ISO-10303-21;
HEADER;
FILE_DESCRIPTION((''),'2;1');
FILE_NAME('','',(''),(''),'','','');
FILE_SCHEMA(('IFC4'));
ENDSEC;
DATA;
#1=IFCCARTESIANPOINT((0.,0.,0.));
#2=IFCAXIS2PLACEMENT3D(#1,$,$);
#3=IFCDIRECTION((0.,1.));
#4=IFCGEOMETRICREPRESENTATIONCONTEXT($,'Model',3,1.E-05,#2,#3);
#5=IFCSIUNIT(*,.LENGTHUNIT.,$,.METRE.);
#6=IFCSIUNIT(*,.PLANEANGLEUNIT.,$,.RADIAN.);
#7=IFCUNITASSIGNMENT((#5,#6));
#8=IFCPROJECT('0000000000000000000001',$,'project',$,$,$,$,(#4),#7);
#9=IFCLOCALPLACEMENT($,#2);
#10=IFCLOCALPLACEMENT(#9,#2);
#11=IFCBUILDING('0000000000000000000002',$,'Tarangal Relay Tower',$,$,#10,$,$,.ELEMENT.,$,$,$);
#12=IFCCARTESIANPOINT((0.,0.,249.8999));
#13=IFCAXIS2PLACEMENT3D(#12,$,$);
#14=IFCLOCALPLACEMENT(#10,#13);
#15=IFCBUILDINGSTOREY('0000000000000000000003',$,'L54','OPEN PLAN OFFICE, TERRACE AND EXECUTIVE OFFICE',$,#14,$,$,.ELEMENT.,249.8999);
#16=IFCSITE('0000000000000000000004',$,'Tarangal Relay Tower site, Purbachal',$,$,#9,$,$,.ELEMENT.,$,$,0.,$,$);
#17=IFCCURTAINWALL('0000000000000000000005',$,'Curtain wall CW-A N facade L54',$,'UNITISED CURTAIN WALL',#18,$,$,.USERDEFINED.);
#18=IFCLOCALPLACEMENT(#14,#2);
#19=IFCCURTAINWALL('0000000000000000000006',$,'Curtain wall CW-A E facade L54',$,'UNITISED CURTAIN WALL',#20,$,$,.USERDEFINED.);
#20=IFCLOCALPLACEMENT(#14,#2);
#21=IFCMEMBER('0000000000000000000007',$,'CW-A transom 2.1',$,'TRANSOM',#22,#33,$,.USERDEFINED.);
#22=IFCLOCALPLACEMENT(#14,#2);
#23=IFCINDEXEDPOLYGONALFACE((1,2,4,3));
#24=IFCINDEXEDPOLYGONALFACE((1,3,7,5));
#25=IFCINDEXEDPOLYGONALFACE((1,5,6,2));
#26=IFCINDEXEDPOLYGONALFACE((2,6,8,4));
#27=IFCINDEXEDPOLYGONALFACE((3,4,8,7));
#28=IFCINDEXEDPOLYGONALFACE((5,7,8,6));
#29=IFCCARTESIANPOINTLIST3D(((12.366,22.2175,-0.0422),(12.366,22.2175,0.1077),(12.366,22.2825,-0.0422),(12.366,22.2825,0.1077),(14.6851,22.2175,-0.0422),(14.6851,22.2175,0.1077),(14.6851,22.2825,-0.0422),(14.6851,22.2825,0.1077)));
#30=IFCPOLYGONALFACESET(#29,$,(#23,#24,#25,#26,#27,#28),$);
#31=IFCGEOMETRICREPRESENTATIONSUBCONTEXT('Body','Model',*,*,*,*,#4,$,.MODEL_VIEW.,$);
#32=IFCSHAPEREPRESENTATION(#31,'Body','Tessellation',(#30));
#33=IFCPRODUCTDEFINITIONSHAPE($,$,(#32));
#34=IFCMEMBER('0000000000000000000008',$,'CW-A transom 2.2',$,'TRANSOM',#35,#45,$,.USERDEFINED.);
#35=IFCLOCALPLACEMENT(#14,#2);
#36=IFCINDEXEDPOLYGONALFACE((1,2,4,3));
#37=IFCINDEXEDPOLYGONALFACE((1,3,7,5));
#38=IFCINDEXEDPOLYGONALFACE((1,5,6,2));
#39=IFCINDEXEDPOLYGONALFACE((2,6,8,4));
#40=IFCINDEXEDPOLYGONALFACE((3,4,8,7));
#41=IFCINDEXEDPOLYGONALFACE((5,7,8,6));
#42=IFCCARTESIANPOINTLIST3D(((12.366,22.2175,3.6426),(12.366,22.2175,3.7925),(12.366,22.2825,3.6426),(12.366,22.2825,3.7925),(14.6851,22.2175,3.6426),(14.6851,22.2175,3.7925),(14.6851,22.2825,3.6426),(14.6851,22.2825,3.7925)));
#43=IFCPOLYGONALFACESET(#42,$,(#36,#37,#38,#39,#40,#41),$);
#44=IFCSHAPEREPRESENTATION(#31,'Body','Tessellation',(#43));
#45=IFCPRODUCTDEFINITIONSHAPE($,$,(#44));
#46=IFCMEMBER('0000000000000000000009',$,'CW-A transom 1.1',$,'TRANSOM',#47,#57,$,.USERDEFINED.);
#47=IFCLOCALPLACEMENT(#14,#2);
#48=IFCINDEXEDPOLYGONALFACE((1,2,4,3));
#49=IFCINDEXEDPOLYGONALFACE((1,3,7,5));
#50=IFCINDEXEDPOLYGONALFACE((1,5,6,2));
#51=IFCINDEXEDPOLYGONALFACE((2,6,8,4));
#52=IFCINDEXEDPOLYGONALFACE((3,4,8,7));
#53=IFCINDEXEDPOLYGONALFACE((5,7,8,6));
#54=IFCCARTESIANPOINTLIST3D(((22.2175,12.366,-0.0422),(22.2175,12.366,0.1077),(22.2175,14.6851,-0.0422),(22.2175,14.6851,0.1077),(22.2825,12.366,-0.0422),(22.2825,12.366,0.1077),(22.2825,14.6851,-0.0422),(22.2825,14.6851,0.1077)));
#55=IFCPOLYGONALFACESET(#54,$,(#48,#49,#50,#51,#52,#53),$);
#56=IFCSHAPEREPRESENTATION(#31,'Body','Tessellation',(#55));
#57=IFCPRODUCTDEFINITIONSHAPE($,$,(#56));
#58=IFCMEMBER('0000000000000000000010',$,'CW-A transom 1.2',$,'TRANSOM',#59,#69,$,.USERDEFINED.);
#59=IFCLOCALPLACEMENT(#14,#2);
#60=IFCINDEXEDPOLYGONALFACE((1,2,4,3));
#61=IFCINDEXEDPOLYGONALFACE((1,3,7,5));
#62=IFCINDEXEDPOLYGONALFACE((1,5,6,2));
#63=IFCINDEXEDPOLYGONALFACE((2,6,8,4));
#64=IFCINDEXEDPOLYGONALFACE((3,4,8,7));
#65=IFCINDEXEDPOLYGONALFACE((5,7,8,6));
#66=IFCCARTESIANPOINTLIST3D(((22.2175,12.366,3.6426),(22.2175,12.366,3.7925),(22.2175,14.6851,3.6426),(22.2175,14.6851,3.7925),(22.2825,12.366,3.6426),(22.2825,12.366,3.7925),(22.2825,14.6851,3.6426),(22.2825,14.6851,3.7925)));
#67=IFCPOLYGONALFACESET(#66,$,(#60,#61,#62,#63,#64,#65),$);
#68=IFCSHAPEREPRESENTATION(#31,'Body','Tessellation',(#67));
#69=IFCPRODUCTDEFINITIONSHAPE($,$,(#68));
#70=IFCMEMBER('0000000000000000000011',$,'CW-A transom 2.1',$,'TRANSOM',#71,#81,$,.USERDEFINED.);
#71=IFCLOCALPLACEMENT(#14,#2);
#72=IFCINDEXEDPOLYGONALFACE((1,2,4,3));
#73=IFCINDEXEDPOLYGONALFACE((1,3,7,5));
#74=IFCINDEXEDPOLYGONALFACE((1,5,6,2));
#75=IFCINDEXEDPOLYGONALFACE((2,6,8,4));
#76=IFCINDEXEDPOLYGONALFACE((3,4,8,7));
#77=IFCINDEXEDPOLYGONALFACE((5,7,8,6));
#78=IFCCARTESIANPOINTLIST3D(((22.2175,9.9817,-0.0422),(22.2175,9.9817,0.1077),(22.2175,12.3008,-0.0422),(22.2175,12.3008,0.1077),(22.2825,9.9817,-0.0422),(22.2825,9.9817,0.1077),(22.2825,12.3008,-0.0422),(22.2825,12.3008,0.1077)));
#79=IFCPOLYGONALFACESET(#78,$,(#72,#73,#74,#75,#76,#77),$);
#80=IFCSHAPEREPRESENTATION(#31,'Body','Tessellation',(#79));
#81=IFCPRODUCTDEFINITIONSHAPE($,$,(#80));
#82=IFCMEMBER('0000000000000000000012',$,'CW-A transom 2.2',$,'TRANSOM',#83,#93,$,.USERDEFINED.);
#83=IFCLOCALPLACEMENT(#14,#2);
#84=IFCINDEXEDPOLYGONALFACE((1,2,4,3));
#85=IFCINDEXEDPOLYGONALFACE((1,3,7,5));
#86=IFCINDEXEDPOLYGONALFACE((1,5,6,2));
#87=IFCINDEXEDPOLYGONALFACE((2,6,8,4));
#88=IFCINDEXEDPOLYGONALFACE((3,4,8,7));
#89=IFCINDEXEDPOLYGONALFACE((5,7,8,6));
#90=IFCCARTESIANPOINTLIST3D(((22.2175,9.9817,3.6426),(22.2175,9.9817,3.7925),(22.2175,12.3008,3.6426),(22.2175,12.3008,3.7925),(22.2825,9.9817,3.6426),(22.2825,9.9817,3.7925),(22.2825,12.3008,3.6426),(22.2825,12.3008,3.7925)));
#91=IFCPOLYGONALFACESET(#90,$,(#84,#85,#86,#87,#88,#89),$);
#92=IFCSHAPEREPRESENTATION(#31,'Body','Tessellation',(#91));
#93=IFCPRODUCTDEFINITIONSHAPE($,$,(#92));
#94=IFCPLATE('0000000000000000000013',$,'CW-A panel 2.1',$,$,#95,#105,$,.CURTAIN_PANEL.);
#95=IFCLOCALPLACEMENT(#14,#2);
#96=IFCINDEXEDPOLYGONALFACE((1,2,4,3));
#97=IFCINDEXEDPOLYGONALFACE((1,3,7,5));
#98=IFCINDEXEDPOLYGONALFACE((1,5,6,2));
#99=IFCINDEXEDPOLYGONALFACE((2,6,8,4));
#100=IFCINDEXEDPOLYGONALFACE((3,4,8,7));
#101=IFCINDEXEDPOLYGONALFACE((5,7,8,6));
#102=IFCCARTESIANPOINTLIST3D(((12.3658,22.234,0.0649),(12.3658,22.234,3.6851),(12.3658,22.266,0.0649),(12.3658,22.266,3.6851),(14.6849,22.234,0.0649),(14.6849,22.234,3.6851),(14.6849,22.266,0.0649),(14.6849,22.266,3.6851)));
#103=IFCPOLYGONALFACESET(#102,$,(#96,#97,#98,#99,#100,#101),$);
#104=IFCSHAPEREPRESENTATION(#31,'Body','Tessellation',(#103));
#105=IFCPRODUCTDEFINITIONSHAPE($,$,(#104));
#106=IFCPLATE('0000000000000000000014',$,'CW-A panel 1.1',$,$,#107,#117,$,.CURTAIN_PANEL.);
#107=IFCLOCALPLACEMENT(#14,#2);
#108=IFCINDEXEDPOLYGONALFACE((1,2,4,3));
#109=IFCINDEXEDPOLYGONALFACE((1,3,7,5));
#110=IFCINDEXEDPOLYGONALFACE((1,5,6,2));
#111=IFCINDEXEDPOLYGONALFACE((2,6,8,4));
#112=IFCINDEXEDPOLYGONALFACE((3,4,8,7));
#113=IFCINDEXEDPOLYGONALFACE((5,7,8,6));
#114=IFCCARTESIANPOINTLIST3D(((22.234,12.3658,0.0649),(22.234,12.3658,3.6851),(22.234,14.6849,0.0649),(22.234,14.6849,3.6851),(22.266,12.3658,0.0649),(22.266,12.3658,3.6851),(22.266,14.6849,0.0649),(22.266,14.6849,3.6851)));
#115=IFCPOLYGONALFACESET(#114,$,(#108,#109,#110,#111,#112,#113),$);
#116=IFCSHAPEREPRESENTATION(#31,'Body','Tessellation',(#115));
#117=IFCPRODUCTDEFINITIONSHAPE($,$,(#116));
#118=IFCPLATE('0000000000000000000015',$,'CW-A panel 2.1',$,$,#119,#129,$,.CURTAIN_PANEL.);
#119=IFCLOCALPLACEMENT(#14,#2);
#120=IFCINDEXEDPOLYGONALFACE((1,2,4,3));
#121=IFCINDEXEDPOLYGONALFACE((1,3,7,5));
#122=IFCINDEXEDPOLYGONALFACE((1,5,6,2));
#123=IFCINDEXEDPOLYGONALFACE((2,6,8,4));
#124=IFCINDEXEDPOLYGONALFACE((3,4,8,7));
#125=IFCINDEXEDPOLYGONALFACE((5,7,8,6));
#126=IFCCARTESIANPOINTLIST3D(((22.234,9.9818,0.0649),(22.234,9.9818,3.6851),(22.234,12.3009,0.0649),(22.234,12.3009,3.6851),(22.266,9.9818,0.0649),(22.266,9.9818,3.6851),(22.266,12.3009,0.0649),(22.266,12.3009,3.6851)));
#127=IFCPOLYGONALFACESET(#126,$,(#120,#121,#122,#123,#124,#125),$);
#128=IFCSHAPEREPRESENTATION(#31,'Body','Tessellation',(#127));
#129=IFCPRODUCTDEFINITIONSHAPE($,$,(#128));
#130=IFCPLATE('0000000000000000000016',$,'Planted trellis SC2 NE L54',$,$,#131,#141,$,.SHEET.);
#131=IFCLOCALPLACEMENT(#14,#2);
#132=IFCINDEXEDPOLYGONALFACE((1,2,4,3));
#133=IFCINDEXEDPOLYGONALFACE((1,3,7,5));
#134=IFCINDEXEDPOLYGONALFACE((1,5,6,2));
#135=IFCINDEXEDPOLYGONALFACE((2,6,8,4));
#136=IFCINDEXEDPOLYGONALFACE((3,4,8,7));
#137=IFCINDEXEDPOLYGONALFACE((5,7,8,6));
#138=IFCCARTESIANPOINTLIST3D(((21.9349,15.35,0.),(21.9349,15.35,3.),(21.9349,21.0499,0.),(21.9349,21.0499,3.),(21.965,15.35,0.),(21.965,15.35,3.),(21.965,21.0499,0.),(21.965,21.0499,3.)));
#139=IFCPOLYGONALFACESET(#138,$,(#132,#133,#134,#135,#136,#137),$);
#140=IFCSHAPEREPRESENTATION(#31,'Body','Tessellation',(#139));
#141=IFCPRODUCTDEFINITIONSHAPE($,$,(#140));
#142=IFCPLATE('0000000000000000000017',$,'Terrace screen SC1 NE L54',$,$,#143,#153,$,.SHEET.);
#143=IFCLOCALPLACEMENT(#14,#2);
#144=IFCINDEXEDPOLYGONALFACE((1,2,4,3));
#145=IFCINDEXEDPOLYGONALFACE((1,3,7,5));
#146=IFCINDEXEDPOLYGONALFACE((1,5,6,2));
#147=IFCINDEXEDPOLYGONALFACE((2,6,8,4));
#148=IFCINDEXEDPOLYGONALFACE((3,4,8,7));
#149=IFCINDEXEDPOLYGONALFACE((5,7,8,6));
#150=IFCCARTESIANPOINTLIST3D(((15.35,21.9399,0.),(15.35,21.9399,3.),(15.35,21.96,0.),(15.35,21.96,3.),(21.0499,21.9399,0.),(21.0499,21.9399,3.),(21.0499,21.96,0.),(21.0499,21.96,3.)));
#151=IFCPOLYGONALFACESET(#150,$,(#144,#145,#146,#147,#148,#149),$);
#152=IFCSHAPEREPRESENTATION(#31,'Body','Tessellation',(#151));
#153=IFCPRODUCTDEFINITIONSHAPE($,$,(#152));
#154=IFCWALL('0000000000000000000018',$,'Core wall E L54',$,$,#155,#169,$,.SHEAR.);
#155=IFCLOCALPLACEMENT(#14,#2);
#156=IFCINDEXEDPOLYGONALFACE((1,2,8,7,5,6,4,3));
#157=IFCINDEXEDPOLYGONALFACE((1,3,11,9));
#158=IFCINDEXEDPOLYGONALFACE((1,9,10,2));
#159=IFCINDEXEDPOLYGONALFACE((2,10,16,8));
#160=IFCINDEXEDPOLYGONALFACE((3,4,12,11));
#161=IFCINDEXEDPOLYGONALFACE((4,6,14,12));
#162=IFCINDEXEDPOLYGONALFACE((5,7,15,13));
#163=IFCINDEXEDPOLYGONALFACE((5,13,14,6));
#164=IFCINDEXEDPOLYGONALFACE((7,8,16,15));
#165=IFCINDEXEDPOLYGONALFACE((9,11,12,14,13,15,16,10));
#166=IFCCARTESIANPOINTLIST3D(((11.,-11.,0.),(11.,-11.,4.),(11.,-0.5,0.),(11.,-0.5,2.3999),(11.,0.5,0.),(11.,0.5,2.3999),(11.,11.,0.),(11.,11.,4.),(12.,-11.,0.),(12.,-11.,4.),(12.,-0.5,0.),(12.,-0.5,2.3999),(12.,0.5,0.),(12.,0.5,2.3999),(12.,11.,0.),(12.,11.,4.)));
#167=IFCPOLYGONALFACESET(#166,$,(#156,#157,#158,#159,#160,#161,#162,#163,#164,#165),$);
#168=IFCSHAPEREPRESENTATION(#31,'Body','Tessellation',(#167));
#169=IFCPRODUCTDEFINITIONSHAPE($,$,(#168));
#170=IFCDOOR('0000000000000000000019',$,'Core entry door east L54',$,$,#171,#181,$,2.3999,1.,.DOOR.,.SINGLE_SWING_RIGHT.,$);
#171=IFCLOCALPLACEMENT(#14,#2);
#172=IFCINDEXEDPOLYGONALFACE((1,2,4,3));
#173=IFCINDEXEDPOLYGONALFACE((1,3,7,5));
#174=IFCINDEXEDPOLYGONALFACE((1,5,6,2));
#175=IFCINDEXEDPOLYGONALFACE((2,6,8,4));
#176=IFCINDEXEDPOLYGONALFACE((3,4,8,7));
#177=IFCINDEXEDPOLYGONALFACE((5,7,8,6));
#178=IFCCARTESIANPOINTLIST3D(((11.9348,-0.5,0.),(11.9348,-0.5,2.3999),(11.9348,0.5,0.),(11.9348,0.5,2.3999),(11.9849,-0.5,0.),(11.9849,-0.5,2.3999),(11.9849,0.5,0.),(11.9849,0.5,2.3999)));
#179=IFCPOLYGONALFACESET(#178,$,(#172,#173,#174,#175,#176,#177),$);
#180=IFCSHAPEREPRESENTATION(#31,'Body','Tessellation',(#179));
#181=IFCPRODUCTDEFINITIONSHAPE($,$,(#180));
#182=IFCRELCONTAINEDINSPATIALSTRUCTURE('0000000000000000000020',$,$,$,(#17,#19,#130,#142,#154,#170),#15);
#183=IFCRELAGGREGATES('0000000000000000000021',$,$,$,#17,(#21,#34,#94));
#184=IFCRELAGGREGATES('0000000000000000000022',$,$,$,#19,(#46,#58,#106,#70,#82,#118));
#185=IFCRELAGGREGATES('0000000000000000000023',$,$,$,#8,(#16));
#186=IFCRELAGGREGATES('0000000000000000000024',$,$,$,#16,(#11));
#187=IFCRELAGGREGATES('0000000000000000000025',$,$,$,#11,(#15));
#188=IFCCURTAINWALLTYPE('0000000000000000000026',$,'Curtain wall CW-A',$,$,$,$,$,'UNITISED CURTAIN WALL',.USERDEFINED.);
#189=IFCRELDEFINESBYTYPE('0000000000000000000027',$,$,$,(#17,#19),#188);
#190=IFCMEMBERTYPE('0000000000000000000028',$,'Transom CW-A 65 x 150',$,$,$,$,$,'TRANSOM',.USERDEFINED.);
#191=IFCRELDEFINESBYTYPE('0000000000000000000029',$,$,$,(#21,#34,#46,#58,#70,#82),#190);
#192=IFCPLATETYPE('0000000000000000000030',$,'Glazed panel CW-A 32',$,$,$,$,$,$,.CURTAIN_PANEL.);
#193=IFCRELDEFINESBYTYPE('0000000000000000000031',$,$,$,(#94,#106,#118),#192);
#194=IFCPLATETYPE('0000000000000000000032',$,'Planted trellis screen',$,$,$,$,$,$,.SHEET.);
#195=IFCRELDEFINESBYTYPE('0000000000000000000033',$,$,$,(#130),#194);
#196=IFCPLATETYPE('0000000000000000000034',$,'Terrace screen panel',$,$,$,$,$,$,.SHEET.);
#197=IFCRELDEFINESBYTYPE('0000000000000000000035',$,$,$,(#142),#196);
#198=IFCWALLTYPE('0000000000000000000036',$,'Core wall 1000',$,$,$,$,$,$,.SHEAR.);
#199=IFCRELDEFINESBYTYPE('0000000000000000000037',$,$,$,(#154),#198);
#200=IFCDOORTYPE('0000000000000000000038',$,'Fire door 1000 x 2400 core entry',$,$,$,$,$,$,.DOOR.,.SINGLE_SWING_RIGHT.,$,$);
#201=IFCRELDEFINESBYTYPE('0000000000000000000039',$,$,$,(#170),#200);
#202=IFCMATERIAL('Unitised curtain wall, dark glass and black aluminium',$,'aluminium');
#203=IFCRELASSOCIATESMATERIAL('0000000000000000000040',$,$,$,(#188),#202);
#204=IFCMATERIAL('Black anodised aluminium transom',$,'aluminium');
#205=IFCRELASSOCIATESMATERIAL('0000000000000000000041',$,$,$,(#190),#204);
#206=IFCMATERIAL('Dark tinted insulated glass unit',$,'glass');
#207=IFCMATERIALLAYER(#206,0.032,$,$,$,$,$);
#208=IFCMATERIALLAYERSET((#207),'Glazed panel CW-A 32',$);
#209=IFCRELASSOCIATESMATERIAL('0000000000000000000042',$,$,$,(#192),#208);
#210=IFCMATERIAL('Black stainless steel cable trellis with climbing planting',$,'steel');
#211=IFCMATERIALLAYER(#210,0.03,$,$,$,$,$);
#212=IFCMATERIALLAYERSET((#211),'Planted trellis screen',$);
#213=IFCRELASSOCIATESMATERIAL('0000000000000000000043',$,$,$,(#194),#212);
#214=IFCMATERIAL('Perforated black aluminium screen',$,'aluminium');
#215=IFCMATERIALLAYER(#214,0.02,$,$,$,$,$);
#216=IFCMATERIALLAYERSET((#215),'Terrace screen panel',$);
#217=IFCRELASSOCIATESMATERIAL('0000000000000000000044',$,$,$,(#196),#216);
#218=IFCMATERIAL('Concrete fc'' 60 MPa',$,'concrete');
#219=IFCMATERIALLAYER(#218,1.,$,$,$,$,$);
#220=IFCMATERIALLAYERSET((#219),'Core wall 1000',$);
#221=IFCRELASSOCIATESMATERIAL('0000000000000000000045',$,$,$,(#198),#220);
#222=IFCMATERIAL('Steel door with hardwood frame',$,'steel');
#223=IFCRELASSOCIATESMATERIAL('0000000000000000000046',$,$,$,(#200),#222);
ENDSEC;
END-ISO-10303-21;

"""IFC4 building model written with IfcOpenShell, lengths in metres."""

from ifc_helpers import new_model, si_unit, direction, frame, frame_2d, origin, origin_2d, place, context, subcontext, project, spatial, rectangle, extrude, material, layer, layer_set, material_profile, profile_set, type_object, element, fill, aggregate, save


model = new_model("IFC4")

# Units and contexts
model_context = context("Model", 3, precision=1e-05, world=origin(), true_north=direction((0.0, 1.0)))
body_context = subcontext(model_context, "Body", "Model", "MODEL_VIEW")
ifc_project = project(units=[si_unit("LENGTHUNIT", "METRE"), si_unit("PLANEANGLEUNIT", "RADIAN")], contexts=[model_context])

# Site, building, storey
site_placement = place(None, origin())
site = spatial("IfcSite", under=ifc_project, at=site_placement, Name="Tarangal Relay Tower site, Purbachal", CompositionType="ELEMENT", RefElevation=0.0)
building_placement = place(site_placement, origin())
building = spatial("IfcBuilding", under=site, at=building_placement, Name="Tarangal Relay Tower", CompositionType="ELEMENT")
storey_placement = place(building_placement, frame((0.0, 0.0, 249.8999)))
storey = spatial("IfcBuildingStorey", under=building, at=storey_placement, Name="L54", Description="OPEN PLAN OFFICE, TERRACE AND EXECUTIVE OFFICE", CompositionType="ELEMENT", Elevation=249.8999)

# Curtain walls
ifc_material_1 = material(Name="Unitised curtain wall, dark glass and black aluminium", Category="aluminium")
curtain_wall_type = type_object("IfcCurtainWallType", Name="Curtain wall CW-A", ElementType="UNITISED CURTAIN WALL", PredefinedType="USERDEFINED", material=ifc_material_1)
curtain_wall_1_placement = place(storey_placement, origin())
curtain_wall_1 = element("IfcCurtainWall", 1, at=curtain_wall_1_placement, inside=storey, type_object=curtain_wall_type, Name="Curtain wall CW-A N facade L54", ObjectType="UNITISED CURTAIN WALL", PredefinedType="USERDEFINED")
curtain_wall_2_placement = place(storey_placement, origin())
curtain_wall_2 = element("IfcCurtainWall", 2, at=curtain_wall_2_placement, inside=storey, type_object=curtain_wall_type, Name="Curtain wall CW-A E facade L54", ObjectType="UNITISED CURTAIN WALL", PredefinedType="USERDEFINED")

# Members
ifc_material_2 = material(Name="Black anodised aluminium transom", Category="aluminium")
ifc_material_profile_1 = material_profile(ifc_material_2, rectangle(XDim=0.0649, YDim=0.1499, at=origin_2d()), Name="CW-AT 65X150")
ifc_profile_set_1 = profile_set([ifc_material_profile_1], Name="Black anodised aluminium transom")
member_type_1 = type_object("IfcMemberType", Name="Transom CW-A 65 x 150", ElementType="TRANSOM", PredefinedType="USERDEFINED", material=ifc_profile_set_1)
member_1_placement = place(storey_placement, frame((12.366, 22.25, 0.0327), z_axis=(1.0, 0.0, 0.0), x_axis=(0.0, 1.0, 0.0)))
member_1 = element("IfcMember", 3, at=member_1_placement, type_object=member_type_1, Name="CW-A transom 2.1", ObjectType="TRANSOM", PredefinedType="USERDEFINED", context=body_context, shape_type="SweptSolid", body=[
    extrude(rectangle(XDim=0.0649, YDim=0.1499, at=origin_2d()), origin(), (0.0, 0.0, 1.0), 2.3191),
])
member_2_placement = place(storey_placement, frame((12.366, 22.25, 3.7175), z_axis=(1.0, 0.0, 0.0), x_axis=(0.0, 1.0, 0.0)))
member_2 = element("IfcMember", 4, at=member_2_placement, type_object=member_type_1, Name="CW-A transom 2.2", ObjectType="TRANSOM", PredefinedType="USERDEFINED", context=body_context, shape_type="SweptSolid", body=[
    extrude(rectangle(XDim=0.0649, YDim=0.1499, at=origin_2d()), origin(), (0.0, 0.0, 1.0), 2.3191),
])
member_3_placement = place(storey_placement, frame((22.25, 14.6851, 0.0327), z_axis=(0.0, -1.0, 0.0), x_axis=(1.0, 0.0, 0.0)))
member_3 = element("IfcMember", 5, at=member_3_placement, type_object=member_type_1, Name="CW-A transom 1.1", ObjectType="TRANSOM", PredefinedType="USERDEFINED", context=body_context, shape_type="SweptSolid", body=[
    extrude(rectangle(XDim=0.0649, YDim=0.1499, at=origin_2d()), origin(), (0.0, 0.0, 1.0), 2.3191),
])
member_4_placement = place(storey_placement, frame((22.25, 14.6851, 3.7175), z_axis=(0.0, -1.0, 0.0), x_axis=(1.0, 0.0, 0.0)))
member_4 = element("IfcMember", 6, at=member_4_placement, type_object=member_type_1, Name="CW-A transom 1.2", ObjectType="TRANSOM", PredefinedType="USERDEFINED", context=body_context, shape_type="SweptSolid", body=[
    extrude(rectangle(XDim=0.0649, YDim=0.1499, at=origin_2d()), origin(), (0.0, 0.0, 1.0), 2.3191),
])
member_5_placement = place(storey_placement, frame((22.25, 12.3008, 0.0327), z_axis=(0.0, -1.0, 0.0), x_axis=(1.0, 0.0, 0.0)))
member_5 = element("IfcMember", 7, at=member_5_placement, type_object=member_type_1, Name="CW-A transom 2.1", ObjectType="TRANSOM", PredefinedType="USERDEFINED", context=body_context, shape_type="SweptSolid", body=[
    extrude(rectangle(XDim=0.0649, YDim=0.1499, at=origin_2d()), origin(), (0.0, 0.0, 1.0), 2.3191),
])
member_6_placement = place(storey_placement, frame((22.25, 12.3008, 3.7175), z_axis=(0.0, -1.0, 0.0), x_axis=(1.0, 0.0, 0.0)))
member_6 = element("IfcMember", 8, at=member_6_placement, type_object=member_type_1, Name="CW-A transom 2.2", ObjectType="TRANSOM", PredefinedType="USERDEFINED", context=body_context, shape_type="SweptSolid", body=[
    extrude(rectangle(XDim=0.0649, YDim=0.1499, at=origin_2d()), origin(), (0.0, 0.0, 1.0), 2.3191),
])

# Plates
ifc_material_3 = material(Name="Dark tinted insulated glass unit", Category="glass")
ifc_layer_1 = layer(ifc_material_3, 0.032)
ifc_layer_set_1 = layer_set([ifc_layer_1], Name="Glazed panel CW-A 32")
plate_type_1 = type_object("IfcPlateType", Name="Glazed panel CW-A 32", PredefinedType="CURTAIN_PANEL", material=ifc_layer_set_1)
plate_1_placement = place(storey_placement, frame((13.5254, 22.25, 0.0649), z_axis=(0.0, 0.0, 1.0), x_axis=(1.0, 0.0, 0.0)))
plate_1 = element("IfcPlate", 9, at=plate_1_placement, type_object=plate_type_1, Name="CW-A panel 2.1", PredefinedType="CURTAIN_PANEL", context=body_context, shape_type="SweptSolid", body=[
    extrude(rectangle(XDim=2.3191, YDim=0.032, at=origin_2d()), origin(), (0.0, 0.0, 1.0), 3.6201),
])
aggregate(curtain_wall_1, [member_1, member_2, plate_1])
plate_2_placement = place(storey_placement, frame((22.25, 13.5254, 0.0649), z_axis=(0.0, 0.0, 1.0), x_axis=(0.0, -1.0, 0.0)))
plate_2 = element("IfcPlate", 10, at=plate_2_placement, type_object=plate_type_1, Name="CW-A panel 1.1", PredefinedType="CURTAIN_PANEL", context=body_context, shape_type="SweptSolid", body=[
    extrude(rectangle(XDim=2.3191, YDim=0.032, at=origin_2d()), origin(), (0.0, 0.0, 1.0), 3.6201),
])
plate_3_placement = place(storey_placement, frame((22.25, 11.1414, 0.0649), z_axis=(0.0, 0.0, 1.0), x_axis=(0.0, -1.0, 0.0)))
plate_3 = element("IfcPlate", 11, at=plate_3_placement, type_object=plate_type_1, Name="CW-A panel 2.1", PredefinedType="CURTAIN_PANEL", context=body_context, shape_type="SweptSolid", body=[
    extrude(rectangle(XDim=2.3191, YDim=0.032, at=origin_2d()), origin(), (0.0, 0.0, 1.0), 3.6201),
])
aggregate(curtain_wall_2, [member_3, member_4, plate_2, member_5, member_6, plate_3])

# Plates
ifc_material_4 = material(Name="Black stainless steel cable trellis with climbing planting", Category="steel")
ifc_layer_2 = layer(ifc_material_4, 0.03)
ifc_layer_set_2 = layer_set([ifc_layer_2], Name="Planted trellis screen")
plate_type_2 = type_object("IfcPlateType", Name="Planted trellis screen", PredefinedType="SHEET", material=ifc_layer_set_2)
plate_4_placement = place(storey_placement, frame((21.95, 18.2, 0.0), z_axis=(0.0, 0.0, 1.0), x_axis=(0.0, -1.0, 0.0)))
element("IfcPlate", 12, at=plate_4_placement, inside=storey, type_object=plate_type_2, Name="Planted trellis SC2 NE L54", PredefinedType="SHEET", context=body_context, shape_type="SweptSolid", body=[
    extrude(rectangle(XDim=5.7, YDim=0.03, at=origin_2d()), origin(), (0.0, 0.0, 1.0), 3.0),
])
ifc_material_5 = material(Name="Perforated black aluminium screen", Category="aluminium")
ifc_layer_3 = layer(ifc_material_5, 0.02)
ifc_layer_set_3 = layer_set([ifc_layer_3], Name="Terrace screen panel")
plate_type_3 = type_object("IfcPlateType", Name="Terrace screen panel", PredefinedType="SHEET", material=ifc_layer_set_3)
plate_5_placement = place(storey_placement, frame((18.2, 21.95, 0.0), z_axis=(0.0, 0.0, 1.0), x_axis=(1.0, 0.0, 0.0)))
element("IfcPlate", 13, at=plate_5_placement, inside=storey, type_object=plate_type_3, Name="Terrace screen SC1 NE L54", PredefinedType="SHEET", context=body_context, shape_type="SweptSolid", body=[
    extrude(rectangle(XDim=5.7, YDim=0.02, at=origin_2d()), origin(), (0.0, 0.0, 1.0), 3.0),
])

# Wall, opening, door
ifc_material_6 = material(Name="Concrete fc' 60 MPa", Category="concrete")
ifc_layer_4 = layer(ifc_material_6, 1.0)
ifc_layer_set_4 = layer_set([ifc_layer_4], Name="Core wall 1000")
wall_type_1 = type_object("IfcWallType", Name="Core wall 1000", PredefinedType="SHEAR", material=ifc_layer_set_4)
wall_1_placement = place(storey_placement, frame((11.5, 11.0, 0.0), z_axis=(0.0, 0.0, 1.0), x_axis=(0.0, -1.0, 0.0)))
wall_1 = element("IfcWall", 14, at=wall_1_placement, inside=storey, type_object=wall_type_1, Name="Core wall E L54", PredefinedType="SHEAR", context=body_context, shape_type="SweptSolid", body=[
    extrude(rectangle(XDim=22.0, YDim=1.0, at=frame_2d((11.0, 0.0))), origin(), (0.0, 0.0, 1.0), 4.0),
])
opening_1_placement = place(wall_1_placement, frame((10.5, 0.0, 0.0)))
opening_1 = element("IfcOpeningElement", 15, at=opening_1_placement, cuts=wall_1, PredefinedType="OPENING", context=body_context, shape_type="SweptSolid", body=[
    extrude(rectangle(XDim=1.0, YDim=2.3999, at=frame_2d((0.5, 1.2))), frame((0.0, 0.51, 0.0), z_axis=(0.0, -1.0, 0.0), x_axis=(1.0, 0.0, 0.0)), (0.0, 0.0, 1.0), 1.02),
])
ifc_material_7 = material(Name="Steel door with hardwood frame", Category="steel")
door_type_1 = type_object("IfcDoorType", Name="Fire door 1000 x 2400 core entry", OperationType="SINGLE_SWING_RIGHT", PredefinedType="DOOR", material=ifc_material_7)
door_1_placement = place(opening_1_placement, origin())
door_1 = element("IfcDoor", 16, at=door_1_placement, inside=storey, type_object=door_type_1, Name="Core entry door east L54", OperationType="SINGLE_SWING_RIGHT", OverallHeight=2.3999, OverallWidth=1.0, PredefinedType="DOOR", context=body_context, shape_type="SweptSolid", body=[
    extrude(rectangle(XDim=1.0, YDim=2.3999, at=frame_2d((0.5, 1.2))), frame((0.0, 0.4849, 0.0), z_axis=(0.0, -1.0, 0.0), x_axis=(1.0, 0.0, 0.0)), (0.0, 0.0, 1.0), 0.05),
])
fill(opening_1, door_1)

save(model, "model.ifc")
